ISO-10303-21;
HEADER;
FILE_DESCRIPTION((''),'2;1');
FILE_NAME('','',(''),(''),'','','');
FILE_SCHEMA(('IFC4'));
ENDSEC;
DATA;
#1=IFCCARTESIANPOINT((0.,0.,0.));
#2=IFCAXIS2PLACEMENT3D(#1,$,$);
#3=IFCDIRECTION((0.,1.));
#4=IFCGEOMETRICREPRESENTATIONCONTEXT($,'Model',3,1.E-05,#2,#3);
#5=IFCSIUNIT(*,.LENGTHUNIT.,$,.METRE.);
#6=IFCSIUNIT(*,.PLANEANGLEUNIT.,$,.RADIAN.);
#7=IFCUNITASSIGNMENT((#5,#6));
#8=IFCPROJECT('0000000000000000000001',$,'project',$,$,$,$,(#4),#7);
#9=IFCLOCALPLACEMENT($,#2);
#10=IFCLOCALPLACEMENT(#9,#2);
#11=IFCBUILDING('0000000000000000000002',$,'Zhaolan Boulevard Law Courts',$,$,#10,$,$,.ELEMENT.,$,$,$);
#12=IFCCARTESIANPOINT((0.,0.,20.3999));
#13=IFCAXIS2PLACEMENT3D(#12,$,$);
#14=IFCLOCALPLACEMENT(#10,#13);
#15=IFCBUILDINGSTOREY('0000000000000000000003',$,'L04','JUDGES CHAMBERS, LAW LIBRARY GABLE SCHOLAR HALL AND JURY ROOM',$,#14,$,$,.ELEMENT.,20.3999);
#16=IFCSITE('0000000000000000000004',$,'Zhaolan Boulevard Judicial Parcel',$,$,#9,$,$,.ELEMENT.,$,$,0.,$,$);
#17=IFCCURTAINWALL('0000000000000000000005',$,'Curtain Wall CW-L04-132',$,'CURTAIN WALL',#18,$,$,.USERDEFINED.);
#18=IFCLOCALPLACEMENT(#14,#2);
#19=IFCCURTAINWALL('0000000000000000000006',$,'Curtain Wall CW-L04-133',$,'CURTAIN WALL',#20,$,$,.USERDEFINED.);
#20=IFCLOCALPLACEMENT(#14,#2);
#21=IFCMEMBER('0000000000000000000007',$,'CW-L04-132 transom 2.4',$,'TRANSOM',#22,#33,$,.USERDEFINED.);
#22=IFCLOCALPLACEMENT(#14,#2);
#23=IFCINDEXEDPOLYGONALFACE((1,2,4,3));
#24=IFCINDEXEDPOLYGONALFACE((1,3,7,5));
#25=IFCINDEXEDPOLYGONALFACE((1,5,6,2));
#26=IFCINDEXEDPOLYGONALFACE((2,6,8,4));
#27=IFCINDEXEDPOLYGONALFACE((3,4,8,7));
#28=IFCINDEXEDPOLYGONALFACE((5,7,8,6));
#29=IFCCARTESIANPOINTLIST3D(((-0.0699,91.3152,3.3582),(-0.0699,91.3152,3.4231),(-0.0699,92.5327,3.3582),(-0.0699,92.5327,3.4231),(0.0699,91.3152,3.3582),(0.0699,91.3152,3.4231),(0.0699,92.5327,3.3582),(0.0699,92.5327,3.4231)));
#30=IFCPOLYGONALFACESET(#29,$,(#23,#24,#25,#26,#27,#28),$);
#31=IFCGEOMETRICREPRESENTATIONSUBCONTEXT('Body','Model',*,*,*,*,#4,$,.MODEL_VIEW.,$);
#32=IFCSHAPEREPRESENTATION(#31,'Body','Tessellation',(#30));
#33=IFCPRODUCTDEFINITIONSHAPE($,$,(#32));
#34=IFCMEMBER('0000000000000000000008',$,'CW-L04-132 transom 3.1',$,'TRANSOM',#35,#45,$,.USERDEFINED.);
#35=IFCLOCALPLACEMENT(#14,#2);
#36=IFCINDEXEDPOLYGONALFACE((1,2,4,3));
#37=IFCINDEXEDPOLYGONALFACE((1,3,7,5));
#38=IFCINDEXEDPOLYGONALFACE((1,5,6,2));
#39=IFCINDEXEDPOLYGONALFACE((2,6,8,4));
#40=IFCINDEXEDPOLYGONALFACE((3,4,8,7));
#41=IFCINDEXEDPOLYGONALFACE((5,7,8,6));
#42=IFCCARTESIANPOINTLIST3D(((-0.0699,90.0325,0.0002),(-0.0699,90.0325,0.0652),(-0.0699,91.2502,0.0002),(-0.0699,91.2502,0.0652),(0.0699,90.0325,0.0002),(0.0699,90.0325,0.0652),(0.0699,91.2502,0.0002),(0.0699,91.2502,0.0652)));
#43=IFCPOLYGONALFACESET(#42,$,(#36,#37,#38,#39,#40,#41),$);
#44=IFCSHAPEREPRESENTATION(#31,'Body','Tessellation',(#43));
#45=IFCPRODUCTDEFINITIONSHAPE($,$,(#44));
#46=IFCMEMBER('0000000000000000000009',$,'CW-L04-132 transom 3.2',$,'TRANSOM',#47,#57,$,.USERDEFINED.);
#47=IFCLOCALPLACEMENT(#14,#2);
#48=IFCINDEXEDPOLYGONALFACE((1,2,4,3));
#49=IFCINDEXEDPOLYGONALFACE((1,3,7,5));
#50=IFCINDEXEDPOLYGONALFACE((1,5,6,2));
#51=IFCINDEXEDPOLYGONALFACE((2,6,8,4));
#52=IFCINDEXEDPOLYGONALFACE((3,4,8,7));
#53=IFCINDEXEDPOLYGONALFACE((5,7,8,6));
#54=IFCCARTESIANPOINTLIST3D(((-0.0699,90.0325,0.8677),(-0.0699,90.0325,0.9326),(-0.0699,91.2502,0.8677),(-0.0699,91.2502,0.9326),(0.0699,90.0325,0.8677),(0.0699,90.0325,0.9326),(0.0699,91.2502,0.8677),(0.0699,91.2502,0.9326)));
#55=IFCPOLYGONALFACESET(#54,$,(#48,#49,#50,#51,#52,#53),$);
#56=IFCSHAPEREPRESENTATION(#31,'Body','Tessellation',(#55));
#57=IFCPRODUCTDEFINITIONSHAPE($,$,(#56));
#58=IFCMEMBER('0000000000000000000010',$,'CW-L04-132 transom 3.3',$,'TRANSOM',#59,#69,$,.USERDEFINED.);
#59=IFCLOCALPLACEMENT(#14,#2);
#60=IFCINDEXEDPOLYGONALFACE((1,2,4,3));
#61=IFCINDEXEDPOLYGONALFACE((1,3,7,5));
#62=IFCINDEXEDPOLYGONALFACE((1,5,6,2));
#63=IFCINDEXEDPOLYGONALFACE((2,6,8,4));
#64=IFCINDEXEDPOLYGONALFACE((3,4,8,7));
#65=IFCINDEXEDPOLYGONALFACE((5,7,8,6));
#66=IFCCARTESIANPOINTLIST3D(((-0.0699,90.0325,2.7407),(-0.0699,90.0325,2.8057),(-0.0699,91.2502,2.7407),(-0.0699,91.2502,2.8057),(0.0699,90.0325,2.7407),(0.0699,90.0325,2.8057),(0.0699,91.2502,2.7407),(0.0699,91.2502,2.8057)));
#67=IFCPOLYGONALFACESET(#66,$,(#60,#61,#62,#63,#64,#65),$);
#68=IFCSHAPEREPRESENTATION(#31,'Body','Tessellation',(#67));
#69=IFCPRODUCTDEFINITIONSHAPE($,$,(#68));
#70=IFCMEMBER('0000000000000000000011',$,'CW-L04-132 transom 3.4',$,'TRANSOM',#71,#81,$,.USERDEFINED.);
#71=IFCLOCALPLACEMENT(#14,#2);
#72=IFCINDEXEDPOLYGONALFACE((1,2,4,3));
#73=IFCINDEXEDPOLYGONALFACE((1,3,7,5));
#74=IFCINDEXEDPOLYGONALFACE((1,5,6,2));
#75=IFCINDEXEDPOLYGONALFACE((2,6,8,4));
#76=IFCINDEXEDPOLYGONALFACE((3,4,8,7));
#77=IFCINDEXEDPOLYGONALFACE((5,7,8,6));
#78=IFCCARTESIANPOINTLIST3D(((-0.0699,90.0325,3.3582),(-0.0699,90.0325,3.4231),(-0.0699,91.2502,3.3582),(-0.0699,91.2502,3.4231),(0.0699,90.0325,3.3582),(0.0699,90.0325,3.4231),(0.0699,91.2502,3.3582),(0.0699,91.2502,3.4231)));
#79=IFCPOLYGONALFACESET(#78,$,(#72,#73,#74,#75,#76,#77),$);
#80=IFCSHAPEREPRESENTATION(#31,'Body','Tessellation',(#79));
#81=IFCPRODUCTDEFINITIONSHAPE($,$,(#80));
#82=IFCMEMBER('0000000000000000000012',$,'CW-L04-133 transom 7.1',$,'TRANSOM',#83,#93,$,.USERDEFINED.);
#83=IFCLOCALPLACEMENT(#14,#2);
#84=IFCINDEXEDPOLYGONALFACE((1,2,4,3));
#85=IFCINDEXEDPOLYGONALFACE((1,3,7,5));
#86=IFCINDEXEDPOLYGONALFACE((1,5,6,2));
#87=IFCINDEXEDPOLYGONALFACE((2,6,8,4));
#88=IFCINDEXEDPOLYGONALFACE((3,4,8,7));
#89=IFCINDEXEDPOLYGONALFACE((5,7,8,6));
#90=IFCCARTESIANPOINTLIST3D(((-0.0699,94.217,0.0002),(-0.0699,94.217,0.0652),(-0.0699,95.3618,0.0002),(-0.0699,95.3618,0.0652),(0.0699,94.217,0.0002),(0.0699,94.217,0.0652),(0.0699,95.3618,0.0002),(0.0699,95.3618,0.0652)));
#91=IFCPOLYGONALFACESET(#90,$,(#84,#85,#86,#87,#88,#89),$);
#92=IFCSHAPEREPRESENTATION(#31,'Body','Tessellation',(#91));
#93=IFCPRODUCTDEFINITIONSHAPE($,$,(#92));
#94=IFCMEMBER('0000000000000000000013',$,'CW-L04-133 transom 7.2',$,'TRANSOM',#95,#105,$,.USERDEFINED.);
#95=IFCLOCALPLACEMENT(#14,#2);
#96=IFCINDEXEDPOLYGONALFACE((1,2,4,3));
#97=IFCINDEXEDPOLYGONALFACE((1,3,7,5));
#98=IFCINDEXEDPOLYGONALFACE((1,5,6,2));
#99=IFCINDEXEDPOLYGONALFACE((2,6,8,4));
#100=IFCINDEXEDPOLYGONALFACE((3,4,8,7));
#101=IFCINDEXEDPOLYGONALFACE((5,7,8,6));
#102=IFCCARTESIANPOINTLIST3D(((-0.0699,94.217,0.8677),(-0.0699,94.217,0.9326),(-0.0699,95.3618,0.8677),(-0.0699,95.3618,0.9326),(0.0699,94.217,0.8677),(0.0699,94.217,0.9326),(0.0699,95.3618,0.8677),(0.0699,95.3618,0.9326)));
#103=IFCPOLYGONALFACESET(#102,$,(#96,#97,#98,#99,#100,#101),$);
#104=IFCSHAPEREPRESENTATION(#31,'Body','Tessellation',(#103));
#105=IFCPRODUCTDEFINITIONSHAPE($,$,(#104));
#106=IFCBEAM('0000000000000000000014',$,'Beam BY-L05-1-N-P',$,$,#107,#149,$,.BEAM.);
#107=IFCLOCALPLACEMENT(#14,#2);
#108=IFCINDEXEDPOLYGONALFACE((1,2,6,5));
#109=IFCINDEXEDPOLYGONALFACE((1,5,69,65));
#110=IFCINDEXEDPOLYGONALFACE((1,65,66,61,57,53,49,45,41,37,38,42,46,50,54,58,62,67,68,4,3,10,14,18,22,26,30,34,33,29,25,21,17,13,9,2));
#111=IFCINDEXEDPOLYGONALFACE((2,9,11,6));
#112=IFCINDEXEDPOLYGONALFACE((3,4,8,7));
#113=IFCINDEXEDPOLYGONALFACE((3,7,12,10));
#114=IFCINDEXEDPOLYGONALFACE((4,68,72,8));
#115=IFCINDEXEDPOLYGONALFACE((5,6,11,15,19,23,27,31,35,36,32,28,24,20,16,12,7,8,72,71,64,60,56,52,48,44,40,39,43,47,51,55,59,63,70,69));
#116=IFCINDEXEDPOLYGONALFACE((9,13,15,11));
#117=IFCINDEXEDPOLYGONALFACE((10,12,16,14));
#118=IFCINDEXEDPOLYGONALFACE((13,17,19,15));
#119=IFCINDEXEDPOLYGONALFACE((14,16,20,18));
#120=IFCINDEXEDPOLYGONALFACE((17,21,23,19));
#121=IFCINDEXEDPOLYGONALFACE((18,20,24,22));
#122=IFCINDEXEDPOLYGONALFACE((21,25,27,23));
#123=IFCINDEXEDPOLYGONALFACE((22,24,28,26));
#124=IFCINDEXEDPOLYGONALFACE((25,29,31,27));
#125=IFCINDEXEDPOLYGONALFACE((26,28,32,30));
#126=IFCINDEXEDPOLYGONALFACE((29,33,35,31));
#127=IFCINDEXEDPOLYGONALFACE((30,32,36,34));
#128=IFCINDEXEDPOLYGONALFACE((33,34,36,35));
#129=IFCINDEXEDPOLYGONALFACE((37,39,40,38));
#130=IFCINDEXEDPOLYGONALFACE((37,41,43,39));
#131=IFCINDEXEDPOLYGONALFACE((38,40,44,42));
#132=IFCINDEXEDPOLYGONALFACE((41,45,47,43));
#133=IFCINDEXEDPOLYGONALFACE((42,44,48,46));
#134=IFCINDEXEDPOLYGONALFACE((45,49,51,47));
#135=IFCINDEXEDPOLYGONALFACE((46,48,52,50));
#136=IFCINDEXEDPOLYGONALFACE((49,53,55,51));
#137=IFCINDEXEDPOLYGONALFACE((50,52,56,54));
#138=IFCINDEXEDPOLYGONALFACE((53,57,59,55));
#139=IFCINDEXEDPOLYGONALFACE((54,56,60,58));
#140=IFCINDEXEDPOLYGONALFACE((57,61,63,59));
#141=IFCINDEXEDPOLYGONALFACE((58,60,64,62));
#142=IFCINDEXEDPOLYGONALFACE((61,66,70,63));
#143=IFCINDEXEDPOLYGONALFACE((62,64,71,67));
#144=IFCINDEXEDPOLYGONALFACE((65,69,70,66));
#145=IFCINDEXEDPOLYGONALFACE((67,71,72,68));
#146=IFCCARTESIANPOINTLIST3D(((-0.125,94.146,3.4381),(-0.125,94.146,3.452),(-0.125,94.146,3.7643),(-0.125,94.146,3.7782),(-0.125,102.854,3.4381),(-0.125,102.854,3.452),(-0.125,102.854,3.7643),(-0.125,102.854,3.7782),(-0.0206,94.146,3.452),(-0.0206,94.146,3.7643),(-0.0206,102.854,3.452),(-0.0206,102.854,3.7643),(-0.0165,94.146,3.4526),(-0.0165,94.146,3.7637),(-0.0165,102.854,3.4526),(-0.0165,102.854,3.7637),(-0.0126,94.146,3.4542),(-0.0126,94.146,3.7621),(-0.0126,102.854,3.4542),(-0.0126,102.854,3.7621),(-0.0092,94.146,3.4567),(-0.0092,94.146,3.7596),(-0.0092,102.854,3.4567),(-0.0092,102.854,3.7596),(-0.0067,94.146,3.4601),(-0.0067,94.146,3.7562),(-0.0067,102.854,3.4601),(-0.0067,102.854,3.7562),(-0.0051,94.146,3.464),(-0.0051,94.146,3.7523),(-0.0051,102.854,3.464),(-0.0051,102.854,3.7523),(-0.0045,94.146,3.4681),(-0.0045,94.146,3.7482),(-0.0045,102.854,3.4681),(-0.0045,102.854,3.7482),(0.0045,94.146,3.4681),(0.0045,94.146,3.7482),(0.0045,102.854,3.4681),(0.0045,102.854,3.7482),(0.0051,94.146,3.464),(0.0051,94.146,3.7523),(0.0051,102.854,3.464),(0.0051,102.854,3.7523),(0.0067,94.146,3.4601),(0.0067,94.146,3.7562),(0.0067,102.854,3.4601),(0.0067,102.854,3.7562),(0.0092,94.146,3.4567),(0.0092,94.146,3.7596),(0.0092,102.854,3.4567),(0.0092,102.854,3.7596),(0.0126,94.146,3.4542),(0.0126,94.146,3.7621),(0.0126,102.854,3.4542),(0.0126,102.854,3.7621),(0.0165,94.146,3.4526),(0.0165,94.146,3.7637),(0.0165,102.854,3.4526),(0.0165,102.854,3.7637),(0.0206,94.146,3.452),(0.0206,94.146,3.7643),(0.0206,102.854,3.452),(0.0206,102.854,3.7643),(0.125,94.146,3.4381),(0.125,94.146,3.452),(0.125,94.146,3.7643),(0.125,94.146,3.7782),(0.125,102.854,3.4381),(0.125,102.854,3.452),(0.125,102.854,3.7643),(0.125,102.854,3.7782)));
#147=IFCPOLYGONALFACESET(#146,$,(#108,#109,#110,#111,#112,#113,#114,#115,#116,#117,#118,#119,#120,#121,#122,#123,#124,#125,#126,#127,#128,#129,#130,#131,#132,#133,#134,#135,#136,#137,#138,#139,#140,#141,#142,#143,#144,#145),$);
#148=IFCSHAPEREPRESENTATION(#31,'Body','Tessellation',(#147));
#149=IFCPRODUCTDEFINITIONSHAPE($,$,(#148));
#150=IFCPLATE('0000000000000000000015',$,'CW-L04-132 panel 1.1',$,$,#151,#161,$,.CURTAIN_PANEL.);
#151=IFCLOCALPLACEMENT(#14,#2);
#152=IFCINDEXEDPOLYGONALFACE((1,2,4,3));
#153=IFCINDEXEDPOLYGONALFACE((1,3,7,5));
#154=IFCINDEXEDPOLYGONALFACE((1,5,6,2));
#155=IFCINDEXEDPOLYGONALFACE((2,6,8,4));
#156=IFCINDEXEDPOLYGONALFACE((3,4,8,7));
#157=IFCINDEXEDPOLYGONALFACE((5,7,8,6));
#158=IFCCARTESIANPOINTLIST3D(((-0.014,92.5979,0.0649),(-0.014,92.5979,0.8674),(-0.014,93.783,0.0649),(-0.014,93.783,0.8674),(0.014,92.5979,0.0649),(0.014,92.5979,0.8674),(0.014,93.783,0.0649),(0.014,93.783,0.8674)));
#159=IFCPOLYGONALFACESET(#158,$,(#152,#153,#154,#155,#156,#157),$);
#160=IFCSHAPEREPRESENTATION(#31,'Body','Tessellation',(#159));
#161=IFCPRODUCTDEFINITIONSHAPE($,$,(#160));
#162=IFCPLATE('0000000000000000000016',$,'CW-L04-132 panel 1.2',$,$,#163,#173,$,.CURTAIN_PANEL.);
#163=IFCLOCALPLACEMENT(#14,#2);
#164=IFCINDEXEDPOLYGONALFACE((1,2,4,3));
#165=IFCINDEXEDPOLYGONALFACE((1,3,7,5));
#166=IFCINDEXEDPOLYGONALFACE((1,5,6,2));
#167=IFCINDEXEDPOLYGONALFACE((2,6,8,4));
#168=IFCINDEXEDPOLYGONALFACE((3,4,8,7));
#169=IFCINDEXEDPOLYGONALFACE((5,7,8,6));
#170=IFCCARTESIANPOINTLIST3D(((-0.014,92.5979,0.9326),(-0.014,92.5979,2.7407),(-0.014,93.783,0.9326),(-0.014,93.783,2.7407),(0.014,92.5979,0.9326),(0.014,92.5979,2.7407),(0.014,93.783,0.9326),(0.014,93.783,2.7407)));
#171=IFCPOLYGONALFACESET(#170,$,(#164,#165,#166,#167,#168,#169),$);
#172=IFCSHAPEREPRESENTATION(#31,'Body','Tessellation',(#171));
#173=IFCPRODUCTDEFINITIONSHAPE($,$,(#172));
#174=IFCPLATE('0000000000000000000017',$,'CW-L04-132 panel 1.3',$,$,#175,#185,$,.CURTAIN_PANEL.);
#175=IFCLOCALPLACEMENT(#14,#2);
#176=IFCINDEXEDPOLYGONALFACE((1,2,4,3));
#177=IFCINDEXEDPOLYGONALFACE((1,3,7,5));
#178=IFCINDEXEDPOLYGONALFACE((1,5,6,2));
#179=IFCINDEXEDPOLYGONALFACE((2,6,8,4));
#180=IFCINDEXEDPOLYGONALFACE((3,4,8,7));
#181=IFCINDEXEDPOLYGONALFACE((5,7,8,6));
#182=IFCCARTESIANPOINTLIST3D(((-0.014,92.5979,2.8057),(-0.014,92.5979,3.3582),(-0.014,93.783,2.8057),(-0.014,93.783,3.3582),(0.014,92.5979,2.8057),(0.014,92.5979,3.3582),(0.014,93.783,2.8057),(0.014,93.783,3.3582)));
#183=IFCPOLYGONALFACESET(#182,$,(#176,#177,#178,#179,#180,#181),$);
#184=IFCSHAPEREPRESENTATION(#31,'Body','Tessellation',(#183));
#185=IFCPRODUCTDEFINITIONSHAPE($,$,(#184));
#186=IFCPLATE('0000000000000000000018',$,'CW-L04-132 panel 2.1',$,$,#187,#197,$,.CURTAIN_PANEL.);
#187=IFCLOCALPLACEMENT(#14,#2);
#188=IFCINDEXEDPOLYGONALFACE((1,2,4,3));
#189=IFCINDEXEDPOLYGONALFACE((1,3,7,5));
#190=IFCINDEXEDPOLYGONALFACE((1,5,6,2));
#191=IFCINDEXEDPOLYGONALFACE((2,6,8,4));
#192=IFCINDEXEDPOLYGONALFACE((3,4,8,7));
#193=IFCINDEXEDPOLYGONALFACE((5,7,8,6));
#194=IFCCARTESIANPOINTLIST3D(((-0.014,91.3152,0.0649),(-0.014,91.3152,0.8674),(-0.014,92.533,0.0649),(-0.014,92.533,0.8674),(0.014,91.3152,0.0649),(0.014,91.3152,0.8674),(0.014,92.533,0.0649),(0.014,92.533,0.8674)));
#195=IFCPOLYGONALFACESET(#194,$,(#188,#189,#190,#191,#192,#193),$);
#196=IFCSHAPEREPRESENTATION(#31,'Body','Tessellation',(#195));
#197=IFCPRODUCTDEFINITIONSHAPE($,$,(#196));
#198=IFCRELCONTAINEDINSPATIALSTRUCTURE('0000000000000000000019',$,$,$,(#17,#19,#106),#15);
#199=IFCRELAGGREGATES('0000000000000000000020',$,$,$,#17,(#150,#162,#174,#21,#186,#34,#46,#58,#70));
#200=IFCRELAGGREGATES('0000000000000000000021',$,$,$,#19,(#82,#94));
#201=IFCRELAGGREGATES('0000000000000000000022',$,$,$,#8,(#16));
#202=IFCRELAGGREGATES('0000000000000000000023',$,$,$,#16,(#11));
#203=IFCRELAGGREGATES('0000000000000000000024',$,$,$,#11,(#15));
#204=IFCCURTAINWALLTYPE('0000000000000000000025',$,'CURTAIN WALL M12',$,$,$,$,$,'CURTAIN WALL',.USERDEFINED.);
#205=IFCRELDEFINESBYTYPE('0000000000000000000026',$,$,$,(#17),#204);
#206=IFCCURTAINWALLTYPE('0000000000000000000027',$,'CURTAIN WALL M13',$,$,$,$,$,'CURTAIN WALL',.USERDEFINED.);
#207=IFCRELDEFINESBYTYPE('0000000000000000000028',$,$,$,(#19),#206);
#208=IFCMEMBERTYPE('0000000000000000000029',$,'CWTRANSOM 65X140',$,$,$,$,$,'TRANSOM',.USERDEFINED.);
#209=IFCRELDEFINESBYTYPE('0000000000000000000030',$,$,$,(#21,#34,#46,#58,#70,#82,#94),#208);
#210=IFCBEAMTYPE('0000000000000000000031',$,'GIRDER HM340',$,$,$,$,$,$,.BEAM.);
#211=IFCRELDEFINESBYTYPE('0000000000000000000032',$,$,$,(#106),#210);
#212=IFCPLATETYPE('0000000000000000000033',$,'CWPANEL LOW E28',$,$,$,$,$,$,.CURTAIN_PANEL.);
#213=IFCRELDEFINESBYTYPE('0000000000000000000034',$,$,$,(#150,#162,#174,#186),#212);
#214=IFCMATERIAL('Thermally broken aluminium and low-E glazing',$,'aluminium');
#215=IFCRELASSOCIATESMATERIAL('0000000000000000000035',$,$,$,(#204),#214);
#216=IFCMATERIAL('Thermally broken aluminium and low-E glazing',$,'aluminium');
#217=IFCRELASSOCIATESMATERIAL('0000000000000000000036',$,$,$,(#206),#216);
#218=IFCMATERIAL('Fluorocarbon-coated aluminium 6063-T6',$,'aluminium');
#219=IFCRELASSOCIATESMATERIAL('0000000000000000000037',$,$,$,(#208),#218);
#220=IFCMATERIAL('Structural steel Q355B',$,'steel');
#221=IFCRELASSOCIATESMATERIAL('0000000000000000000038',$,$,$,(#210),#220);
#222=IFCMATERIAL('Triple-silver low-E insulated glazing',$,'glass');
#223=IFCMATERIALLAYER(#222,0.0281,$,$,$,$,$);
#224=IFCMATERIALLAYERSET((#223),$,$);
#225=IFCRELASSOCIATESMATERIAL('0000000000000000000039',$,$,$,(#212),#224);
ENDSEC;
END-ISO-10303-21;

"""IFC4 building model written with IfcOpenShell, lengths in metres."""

from ifc_helpers import new_model, si_unit, direction, frame, origin, origin_2d, place, context, subcontext, project, spatial, rectangle, i_section, extrude, material, layer, layer_set, material_profile, profile_set, type_object, element, aggregate, save


model = new_model("IFC4")

# Units and contexts
model_context = context("Model", 3, precision=1e-05, world=origin(), true_north=direction((0.0, 1.0)))
body_context = subcontext(model_context, "Body", "Model", "MODEL_VIEW")
ifc_project = project(units=[si_unit("LENGTHUNIT", "METRE"), si_unit("PLANEANGLEUNIT", "RADIAN")], contexts=[model_context])

# Site, building, storey
site_placement = place(None, origin())
site = spatial("IfcSite", under=ifc_project, at=site_placement, Name="Zhaolan Boulevard Judicial Parcel", CompositionType="ELEMENT", RefElevation=0.0)
building_placement = place(site_placement, origin())
building = spatial("IfcBuilding", under=site, at=building_placement, Name="Zhaolan Boulevard Law Courts", CompositionType="ELEMENT")
storey_placement = place(building_placement, frame((0.0, 0.0, 20.3999)))
storey = spatial("IfcBuildingStorey", under=building, at=storey_placement, Name="L04", Description="JUDGES CHAMBERS, LAW LIBRARY GABLE SCHOLAR HALL AND JURY ROOM", CompositionType="ELEMENT", Elevation=20.3999)

# Curtain wall
ifc_material_1 = material(Name="Thermally broken aluminium and low-E glazing", Category="aluminium")
curtain_wall_type_1 = type_object("IfcCurtainWallType", Name="CURTAIN WALL M12", ElementType="CURTAIN WALL", PredefinedType="USERDEFINED", material=ifc_material_1)
curtain_wall_1_placement = place(storey_placement, origin())
curtain_wall_1 = element("IfcCurtainWall", 1, at=curtain_wall_1_placement, inside=storey, type_object=curtain_wall_type_1, Name="Curtain Wall CW-L04-132", ObjectType="CURTAIN WALL", PredefinedType="USERDEFINED")

# Curtain wall
ifc_material_2 = material(Name="Thermally broken aluminium and low-E glazing", Category="aluminium")
curtain_wall_type_2 = type_object("IfcCurtainWallType", Name="CURTAIN WALL M13", ElementType="CURTAIN WALL", PredefinedType="USERDEFINED", material=ifc_material_2)
curtain_wall_2_placement = place(storey_placement, origin())
curtain_wall_2 = element("IfcCurtainWall", 2, at=curtain_wall_2_placement, inside=storey, type_object=curtain_wall_type_2, Name="Curtain Wall CW-L04-133", ObjectType="CURTAIN WALL", PredefinedType="USERDEFINED")

# Members
ifc_material_3 = material(Name="Fluorocarbon-coated aluminium 6063-T6", Category="aluminium")
ifc_material_profile_1 = material_profile(ifc_material_3, rectangle(XDim=0.1399, YDim=0.0649, at=origin_2d()), Name="AL65x140")
ifc_profile_set_1 = profile_set([ifc_material_profile_1], Name="Fluorocarbon-coated aluminium 6063-T6")
member_type_1 = type_object("IfcMemberType", Name="CWTRANSOM 65X140", ElementType="TRANSOM", PredefinedType="USERDEFINED", material=ifc_profile_set_1)
member_1_placement = place(storey_placement, frame((0.0, 92.5327, 3.3906), z_axis=(0.0, -1.0, 0.0), x_axis=(1.0, 0.0, 0.0)))
member_1 = element("IfcMember", 3, at=member_1_placement, type_object=member_type_1, Name="CW-L04-132 transom 2.4", ObjectType="TRANSOM", PredefinedType="USERDEFINED", context=body_context, shape_type="SweptSolid", body=[
    extrude(rectangle(XDim=0.1399, YDim=0.0649, at=origin_2d()), origin(), (0.0, 0.0, 1.0), 1.2175),
])
member_2_placement = place(storey_placement, frame((0.0, 91.2502, 0.0327), z_axis=(0.0, -1.0, 0.0), x_axis=(1.0, 0.0, 0.0)))
member_2 = element("IfcMember", 4, at=member_2_placement, type_object=member_type_1, Name="CW-L04-132 transom 3.1", ObjectType="TRANSOM", PredefinedType="USERDEFINED", context=body_context, shape_type="SweptSolid", body=[
    extrude(rectangle(XDim=0.1399, YDim=0.0649, at=origin_2d()), origin(), (0.0, 0.0, 1.0), 1.2178),
])
member_3_placement = place(storey_placement, frame((0.0, 91.2502, 0.9001), z_axis=(0.0, -1.0, 0.0), x_axis=(1.0, 0.0, 0.0)))
member_3 = element("IfcMember", 5, at=member_3_placement, type_object=member_type_1, Name="CW-L04-132 transom 3.2", ObjectType="TRANSOM", PredefinedType="USERDEFINED", context=body_context, shape_type="SweptSolid", body=[
    extrude(rectangle(XDim=0.1399, YDim=0.0649, at=origin_2d()), origin(), (0.0, 0.0, 1.0), 1.2178),
])
member_4_placement = place(storey_placement, frame((0.0, 91.2502, 2.7732), z_axis=(0.0, -1.0, 0.0), x_axis=(1.0, 0.0, 0.0)))
member_4 = element("IfcMember", 6, at=member_4_placement, type_object=member_type_1, Name="CW-L04-132 transom 3.3", ObjectType="TRANSOM", PredefinedType="USERDEFINED", context=body_context, shape_type="SweptSolid", body=[
    extrude(rectangle(XDim=0.1399, YDim=0.0649, at=origin_2d()), origin(), (0.0, 0.0, 1.0), 1.2178),
])
member_5_placement = place(storey_placement, frame((0.0, 91.2502, 3.3906), z_axis=(0.0, -1.0, 0.0), x_axis=(1.0, 0.0, 0.0)))
member_5 = element("IfcMember", 7, at=member_5_placement, type_object=member_type_1, Name="CW-L04-132 transom 3.4", ObjectType="TRANSOM", PredefinedType="USERDEFINED", context=body_context, shape_type="SweptSolid", body=[
    extrude(rectangle(XDim=0.1399, YDim=0.0649, at=origin_2d()), origin(), (0.0, 0.0, 1.0), 1.2178),
])
member_6_placement = place(storey_placement, frame((0.0, 95.3618, 0.0327), z_axis=(0.0, -1.0, 0.0), x_axis=(1.0, 0.0, 0.0)))
member_6 = element("IfcMember", 8, at=member_6_placement, type_object=member_type_1, Name="CW-L04-133 transom 7.1", ObjectType="TRANSOM", PredefinedType="USERDEFINED", context=body_context, shape_type="SweptSolid", body=[
    extrude(rectangle(XDim=0.1399, YDim=0.0649, at=origin_2d()), origin(), (0.0, 0.0, 1.0), 1.1448),
])
member_7_placement = place(storey_placement, frame((0.0, 95.3618, 0.9001), z_axis=(0.0, -1.0, 0.0), x_axis=(1.0, 0.0, 0.0)))
member_7 = element("IfcMember", 9, at=member_7_placement, type_object=member_type_1, Name="CW-L04-133 transom 7.2", ObjectType="TRANSOM", PredefinedType="USERDEFINED", context=body_context, shape_type="SweptSolid", body=[
    extrude(rectangle(XDim=0.1399, YDim=0.0649, at=origin_2d()), origin(), (0.0, 0.0, 1.0), 1.1448),
])

# Beam
ifc_material_4 = material(Name="Structural steel Q355B", Category="steel")
ifc_material_profile_2 = material_profile(ifc_material_4, i_section(OverallWidth=0.25, OverallDepth=0.3401, WebThickness=0.009, FlangeThickness=0.0139, FilletRadius=0.0161, at=origin_2d()), Name="HM340x250")
ifc_profile_set_2 = profile_set([ifc_material_profile_2], Name="Structural steel Q355B")
beam_type = type_object("IfcBeamType", Name="GIRDER HM340", PredefinedType="BEAM", material=ifc_profile_set_2)
beam_placement = place(storey_placement, frame((0.0, 94.146, 3.6082), z_axis=(0.0, 1.0, 0.0), x_axis=(-1.0, 0.0, 0.0)))
element("IfcBeam", 10, at=beam_placement, inside=storey, type_object=beam_type, Name="Beam BY-L05-1-N-P", PredefinedType="BEAM", context=body_context, shape_type="SweptSolid", body=[
    extrude(i_section(OverallWidth=0.25, OverallDepth=0.3401, WebThickness=0.009, FlangeThickness=0.0139, FilletRadius=0.0161, at=origin_2d()), origin(), (0.0, 0.0, 1.0), 8.708),
])

# Plates
ifc_material_5 = material(Name="Triple-silver low-E insulated glazing", Category="glass")
ifc_layer = layer(ifc_material_5, 0.0281)
ifc_layer_set = layer_set([ifc_layer])
plate_type = type_object("IfcPlateType", Name="CWPANEL LOW E28", PredefinedType="CURTAIN_PANEL", material=ifc_layer_set)
plate_1_placement = place(storey_placement, frame((0.0, 93.1904, 0.0649), z_axis=(0.0, 0.0, 1.0), x_axis=(0.0, -1.0, 0.0)))
plate_1 = element("IfcPlate", 11, at=plate_1_placement, type_object=plate_type, Name="CW-L04-132 panel 1.1", PredefinedType="CURTAIN_PANEL", context=body_context, shape_type="SweptSolid", body=[
    extrude(rectangle(XDim=1.1851, YDim=0.0281, at=origin_2d()), origin(), (0.0, 0.0, 1.0), 0.8025),
])
plate_2_placement = place(storey_placement, frame((0.0, 93.1904, 0.9326), z_axis=(0.0, 0.0, 1.0), x_axis=(0.0, -1.0, 0.0)))
plate_2 = element("IfcPlate", 12, at=plate_2_placement, type_object=plate_type, Name="CW-L04-132 panel 1.2", PredefinedType="CURTAIN_PANEL", context=body_context, shape_type="SweptSolid", body=[
    extrude(rectangle(XDim=1.1851, YDim=0.0281, at=origin_2d()), origin(), (0.0, 0.0, 1.0), 1.8081),
])
plate_3_placement = place(storey_placement, frame((0.0, 93.1904, 2.8057), z_axis=(0.0, 0.0, 1.0), x_axis=(0.0, -1.0, 0.0)))
plate_3 = element("IfcPlate", 13, at=plate_3_placement, type_object=plate_type, Name="CW-L04-132 panel 1.3", PredefinedType="CURTAIN_PANEL", context=body_context, shape_type="SweptSolid", body=[
    extrude(rectangle(XDim=1.1851, YDim=0.0281, at=origin_2d()), origin(), (0.0, 0.0, 1.0), 0.5525),
])
plate_4_placement = place(storey_placement, frame((0.0, 91.9241, 0.0649), z_axis=(0.0, 0.0, 1.0), x_axis=(0.0, -1.0, 0.0)))
plate_4 = element("IfcPlate", 14, at=plate_4_placement, type_object=plate_type, Name="CW-L04-132 panel 2.1", PredefinedType="CURTAIN_PANEL", context=body_context, shape_type="SweptSolid", body=[
    extrude(rectangle(XDim=1.2178, YDim=0.0281, at=origin_2d()), origin(), (0.0, 0.0, 1.0), 0.8025),
])
aggregate(curtain_wall_1, [plate_1, plate_2, plate_3, member_1, plate_4, member_2, member_3, member_4, member_5])
aggregate(curtain_wall_2, [member_6, member_7])

save(model, "model.ifc")
